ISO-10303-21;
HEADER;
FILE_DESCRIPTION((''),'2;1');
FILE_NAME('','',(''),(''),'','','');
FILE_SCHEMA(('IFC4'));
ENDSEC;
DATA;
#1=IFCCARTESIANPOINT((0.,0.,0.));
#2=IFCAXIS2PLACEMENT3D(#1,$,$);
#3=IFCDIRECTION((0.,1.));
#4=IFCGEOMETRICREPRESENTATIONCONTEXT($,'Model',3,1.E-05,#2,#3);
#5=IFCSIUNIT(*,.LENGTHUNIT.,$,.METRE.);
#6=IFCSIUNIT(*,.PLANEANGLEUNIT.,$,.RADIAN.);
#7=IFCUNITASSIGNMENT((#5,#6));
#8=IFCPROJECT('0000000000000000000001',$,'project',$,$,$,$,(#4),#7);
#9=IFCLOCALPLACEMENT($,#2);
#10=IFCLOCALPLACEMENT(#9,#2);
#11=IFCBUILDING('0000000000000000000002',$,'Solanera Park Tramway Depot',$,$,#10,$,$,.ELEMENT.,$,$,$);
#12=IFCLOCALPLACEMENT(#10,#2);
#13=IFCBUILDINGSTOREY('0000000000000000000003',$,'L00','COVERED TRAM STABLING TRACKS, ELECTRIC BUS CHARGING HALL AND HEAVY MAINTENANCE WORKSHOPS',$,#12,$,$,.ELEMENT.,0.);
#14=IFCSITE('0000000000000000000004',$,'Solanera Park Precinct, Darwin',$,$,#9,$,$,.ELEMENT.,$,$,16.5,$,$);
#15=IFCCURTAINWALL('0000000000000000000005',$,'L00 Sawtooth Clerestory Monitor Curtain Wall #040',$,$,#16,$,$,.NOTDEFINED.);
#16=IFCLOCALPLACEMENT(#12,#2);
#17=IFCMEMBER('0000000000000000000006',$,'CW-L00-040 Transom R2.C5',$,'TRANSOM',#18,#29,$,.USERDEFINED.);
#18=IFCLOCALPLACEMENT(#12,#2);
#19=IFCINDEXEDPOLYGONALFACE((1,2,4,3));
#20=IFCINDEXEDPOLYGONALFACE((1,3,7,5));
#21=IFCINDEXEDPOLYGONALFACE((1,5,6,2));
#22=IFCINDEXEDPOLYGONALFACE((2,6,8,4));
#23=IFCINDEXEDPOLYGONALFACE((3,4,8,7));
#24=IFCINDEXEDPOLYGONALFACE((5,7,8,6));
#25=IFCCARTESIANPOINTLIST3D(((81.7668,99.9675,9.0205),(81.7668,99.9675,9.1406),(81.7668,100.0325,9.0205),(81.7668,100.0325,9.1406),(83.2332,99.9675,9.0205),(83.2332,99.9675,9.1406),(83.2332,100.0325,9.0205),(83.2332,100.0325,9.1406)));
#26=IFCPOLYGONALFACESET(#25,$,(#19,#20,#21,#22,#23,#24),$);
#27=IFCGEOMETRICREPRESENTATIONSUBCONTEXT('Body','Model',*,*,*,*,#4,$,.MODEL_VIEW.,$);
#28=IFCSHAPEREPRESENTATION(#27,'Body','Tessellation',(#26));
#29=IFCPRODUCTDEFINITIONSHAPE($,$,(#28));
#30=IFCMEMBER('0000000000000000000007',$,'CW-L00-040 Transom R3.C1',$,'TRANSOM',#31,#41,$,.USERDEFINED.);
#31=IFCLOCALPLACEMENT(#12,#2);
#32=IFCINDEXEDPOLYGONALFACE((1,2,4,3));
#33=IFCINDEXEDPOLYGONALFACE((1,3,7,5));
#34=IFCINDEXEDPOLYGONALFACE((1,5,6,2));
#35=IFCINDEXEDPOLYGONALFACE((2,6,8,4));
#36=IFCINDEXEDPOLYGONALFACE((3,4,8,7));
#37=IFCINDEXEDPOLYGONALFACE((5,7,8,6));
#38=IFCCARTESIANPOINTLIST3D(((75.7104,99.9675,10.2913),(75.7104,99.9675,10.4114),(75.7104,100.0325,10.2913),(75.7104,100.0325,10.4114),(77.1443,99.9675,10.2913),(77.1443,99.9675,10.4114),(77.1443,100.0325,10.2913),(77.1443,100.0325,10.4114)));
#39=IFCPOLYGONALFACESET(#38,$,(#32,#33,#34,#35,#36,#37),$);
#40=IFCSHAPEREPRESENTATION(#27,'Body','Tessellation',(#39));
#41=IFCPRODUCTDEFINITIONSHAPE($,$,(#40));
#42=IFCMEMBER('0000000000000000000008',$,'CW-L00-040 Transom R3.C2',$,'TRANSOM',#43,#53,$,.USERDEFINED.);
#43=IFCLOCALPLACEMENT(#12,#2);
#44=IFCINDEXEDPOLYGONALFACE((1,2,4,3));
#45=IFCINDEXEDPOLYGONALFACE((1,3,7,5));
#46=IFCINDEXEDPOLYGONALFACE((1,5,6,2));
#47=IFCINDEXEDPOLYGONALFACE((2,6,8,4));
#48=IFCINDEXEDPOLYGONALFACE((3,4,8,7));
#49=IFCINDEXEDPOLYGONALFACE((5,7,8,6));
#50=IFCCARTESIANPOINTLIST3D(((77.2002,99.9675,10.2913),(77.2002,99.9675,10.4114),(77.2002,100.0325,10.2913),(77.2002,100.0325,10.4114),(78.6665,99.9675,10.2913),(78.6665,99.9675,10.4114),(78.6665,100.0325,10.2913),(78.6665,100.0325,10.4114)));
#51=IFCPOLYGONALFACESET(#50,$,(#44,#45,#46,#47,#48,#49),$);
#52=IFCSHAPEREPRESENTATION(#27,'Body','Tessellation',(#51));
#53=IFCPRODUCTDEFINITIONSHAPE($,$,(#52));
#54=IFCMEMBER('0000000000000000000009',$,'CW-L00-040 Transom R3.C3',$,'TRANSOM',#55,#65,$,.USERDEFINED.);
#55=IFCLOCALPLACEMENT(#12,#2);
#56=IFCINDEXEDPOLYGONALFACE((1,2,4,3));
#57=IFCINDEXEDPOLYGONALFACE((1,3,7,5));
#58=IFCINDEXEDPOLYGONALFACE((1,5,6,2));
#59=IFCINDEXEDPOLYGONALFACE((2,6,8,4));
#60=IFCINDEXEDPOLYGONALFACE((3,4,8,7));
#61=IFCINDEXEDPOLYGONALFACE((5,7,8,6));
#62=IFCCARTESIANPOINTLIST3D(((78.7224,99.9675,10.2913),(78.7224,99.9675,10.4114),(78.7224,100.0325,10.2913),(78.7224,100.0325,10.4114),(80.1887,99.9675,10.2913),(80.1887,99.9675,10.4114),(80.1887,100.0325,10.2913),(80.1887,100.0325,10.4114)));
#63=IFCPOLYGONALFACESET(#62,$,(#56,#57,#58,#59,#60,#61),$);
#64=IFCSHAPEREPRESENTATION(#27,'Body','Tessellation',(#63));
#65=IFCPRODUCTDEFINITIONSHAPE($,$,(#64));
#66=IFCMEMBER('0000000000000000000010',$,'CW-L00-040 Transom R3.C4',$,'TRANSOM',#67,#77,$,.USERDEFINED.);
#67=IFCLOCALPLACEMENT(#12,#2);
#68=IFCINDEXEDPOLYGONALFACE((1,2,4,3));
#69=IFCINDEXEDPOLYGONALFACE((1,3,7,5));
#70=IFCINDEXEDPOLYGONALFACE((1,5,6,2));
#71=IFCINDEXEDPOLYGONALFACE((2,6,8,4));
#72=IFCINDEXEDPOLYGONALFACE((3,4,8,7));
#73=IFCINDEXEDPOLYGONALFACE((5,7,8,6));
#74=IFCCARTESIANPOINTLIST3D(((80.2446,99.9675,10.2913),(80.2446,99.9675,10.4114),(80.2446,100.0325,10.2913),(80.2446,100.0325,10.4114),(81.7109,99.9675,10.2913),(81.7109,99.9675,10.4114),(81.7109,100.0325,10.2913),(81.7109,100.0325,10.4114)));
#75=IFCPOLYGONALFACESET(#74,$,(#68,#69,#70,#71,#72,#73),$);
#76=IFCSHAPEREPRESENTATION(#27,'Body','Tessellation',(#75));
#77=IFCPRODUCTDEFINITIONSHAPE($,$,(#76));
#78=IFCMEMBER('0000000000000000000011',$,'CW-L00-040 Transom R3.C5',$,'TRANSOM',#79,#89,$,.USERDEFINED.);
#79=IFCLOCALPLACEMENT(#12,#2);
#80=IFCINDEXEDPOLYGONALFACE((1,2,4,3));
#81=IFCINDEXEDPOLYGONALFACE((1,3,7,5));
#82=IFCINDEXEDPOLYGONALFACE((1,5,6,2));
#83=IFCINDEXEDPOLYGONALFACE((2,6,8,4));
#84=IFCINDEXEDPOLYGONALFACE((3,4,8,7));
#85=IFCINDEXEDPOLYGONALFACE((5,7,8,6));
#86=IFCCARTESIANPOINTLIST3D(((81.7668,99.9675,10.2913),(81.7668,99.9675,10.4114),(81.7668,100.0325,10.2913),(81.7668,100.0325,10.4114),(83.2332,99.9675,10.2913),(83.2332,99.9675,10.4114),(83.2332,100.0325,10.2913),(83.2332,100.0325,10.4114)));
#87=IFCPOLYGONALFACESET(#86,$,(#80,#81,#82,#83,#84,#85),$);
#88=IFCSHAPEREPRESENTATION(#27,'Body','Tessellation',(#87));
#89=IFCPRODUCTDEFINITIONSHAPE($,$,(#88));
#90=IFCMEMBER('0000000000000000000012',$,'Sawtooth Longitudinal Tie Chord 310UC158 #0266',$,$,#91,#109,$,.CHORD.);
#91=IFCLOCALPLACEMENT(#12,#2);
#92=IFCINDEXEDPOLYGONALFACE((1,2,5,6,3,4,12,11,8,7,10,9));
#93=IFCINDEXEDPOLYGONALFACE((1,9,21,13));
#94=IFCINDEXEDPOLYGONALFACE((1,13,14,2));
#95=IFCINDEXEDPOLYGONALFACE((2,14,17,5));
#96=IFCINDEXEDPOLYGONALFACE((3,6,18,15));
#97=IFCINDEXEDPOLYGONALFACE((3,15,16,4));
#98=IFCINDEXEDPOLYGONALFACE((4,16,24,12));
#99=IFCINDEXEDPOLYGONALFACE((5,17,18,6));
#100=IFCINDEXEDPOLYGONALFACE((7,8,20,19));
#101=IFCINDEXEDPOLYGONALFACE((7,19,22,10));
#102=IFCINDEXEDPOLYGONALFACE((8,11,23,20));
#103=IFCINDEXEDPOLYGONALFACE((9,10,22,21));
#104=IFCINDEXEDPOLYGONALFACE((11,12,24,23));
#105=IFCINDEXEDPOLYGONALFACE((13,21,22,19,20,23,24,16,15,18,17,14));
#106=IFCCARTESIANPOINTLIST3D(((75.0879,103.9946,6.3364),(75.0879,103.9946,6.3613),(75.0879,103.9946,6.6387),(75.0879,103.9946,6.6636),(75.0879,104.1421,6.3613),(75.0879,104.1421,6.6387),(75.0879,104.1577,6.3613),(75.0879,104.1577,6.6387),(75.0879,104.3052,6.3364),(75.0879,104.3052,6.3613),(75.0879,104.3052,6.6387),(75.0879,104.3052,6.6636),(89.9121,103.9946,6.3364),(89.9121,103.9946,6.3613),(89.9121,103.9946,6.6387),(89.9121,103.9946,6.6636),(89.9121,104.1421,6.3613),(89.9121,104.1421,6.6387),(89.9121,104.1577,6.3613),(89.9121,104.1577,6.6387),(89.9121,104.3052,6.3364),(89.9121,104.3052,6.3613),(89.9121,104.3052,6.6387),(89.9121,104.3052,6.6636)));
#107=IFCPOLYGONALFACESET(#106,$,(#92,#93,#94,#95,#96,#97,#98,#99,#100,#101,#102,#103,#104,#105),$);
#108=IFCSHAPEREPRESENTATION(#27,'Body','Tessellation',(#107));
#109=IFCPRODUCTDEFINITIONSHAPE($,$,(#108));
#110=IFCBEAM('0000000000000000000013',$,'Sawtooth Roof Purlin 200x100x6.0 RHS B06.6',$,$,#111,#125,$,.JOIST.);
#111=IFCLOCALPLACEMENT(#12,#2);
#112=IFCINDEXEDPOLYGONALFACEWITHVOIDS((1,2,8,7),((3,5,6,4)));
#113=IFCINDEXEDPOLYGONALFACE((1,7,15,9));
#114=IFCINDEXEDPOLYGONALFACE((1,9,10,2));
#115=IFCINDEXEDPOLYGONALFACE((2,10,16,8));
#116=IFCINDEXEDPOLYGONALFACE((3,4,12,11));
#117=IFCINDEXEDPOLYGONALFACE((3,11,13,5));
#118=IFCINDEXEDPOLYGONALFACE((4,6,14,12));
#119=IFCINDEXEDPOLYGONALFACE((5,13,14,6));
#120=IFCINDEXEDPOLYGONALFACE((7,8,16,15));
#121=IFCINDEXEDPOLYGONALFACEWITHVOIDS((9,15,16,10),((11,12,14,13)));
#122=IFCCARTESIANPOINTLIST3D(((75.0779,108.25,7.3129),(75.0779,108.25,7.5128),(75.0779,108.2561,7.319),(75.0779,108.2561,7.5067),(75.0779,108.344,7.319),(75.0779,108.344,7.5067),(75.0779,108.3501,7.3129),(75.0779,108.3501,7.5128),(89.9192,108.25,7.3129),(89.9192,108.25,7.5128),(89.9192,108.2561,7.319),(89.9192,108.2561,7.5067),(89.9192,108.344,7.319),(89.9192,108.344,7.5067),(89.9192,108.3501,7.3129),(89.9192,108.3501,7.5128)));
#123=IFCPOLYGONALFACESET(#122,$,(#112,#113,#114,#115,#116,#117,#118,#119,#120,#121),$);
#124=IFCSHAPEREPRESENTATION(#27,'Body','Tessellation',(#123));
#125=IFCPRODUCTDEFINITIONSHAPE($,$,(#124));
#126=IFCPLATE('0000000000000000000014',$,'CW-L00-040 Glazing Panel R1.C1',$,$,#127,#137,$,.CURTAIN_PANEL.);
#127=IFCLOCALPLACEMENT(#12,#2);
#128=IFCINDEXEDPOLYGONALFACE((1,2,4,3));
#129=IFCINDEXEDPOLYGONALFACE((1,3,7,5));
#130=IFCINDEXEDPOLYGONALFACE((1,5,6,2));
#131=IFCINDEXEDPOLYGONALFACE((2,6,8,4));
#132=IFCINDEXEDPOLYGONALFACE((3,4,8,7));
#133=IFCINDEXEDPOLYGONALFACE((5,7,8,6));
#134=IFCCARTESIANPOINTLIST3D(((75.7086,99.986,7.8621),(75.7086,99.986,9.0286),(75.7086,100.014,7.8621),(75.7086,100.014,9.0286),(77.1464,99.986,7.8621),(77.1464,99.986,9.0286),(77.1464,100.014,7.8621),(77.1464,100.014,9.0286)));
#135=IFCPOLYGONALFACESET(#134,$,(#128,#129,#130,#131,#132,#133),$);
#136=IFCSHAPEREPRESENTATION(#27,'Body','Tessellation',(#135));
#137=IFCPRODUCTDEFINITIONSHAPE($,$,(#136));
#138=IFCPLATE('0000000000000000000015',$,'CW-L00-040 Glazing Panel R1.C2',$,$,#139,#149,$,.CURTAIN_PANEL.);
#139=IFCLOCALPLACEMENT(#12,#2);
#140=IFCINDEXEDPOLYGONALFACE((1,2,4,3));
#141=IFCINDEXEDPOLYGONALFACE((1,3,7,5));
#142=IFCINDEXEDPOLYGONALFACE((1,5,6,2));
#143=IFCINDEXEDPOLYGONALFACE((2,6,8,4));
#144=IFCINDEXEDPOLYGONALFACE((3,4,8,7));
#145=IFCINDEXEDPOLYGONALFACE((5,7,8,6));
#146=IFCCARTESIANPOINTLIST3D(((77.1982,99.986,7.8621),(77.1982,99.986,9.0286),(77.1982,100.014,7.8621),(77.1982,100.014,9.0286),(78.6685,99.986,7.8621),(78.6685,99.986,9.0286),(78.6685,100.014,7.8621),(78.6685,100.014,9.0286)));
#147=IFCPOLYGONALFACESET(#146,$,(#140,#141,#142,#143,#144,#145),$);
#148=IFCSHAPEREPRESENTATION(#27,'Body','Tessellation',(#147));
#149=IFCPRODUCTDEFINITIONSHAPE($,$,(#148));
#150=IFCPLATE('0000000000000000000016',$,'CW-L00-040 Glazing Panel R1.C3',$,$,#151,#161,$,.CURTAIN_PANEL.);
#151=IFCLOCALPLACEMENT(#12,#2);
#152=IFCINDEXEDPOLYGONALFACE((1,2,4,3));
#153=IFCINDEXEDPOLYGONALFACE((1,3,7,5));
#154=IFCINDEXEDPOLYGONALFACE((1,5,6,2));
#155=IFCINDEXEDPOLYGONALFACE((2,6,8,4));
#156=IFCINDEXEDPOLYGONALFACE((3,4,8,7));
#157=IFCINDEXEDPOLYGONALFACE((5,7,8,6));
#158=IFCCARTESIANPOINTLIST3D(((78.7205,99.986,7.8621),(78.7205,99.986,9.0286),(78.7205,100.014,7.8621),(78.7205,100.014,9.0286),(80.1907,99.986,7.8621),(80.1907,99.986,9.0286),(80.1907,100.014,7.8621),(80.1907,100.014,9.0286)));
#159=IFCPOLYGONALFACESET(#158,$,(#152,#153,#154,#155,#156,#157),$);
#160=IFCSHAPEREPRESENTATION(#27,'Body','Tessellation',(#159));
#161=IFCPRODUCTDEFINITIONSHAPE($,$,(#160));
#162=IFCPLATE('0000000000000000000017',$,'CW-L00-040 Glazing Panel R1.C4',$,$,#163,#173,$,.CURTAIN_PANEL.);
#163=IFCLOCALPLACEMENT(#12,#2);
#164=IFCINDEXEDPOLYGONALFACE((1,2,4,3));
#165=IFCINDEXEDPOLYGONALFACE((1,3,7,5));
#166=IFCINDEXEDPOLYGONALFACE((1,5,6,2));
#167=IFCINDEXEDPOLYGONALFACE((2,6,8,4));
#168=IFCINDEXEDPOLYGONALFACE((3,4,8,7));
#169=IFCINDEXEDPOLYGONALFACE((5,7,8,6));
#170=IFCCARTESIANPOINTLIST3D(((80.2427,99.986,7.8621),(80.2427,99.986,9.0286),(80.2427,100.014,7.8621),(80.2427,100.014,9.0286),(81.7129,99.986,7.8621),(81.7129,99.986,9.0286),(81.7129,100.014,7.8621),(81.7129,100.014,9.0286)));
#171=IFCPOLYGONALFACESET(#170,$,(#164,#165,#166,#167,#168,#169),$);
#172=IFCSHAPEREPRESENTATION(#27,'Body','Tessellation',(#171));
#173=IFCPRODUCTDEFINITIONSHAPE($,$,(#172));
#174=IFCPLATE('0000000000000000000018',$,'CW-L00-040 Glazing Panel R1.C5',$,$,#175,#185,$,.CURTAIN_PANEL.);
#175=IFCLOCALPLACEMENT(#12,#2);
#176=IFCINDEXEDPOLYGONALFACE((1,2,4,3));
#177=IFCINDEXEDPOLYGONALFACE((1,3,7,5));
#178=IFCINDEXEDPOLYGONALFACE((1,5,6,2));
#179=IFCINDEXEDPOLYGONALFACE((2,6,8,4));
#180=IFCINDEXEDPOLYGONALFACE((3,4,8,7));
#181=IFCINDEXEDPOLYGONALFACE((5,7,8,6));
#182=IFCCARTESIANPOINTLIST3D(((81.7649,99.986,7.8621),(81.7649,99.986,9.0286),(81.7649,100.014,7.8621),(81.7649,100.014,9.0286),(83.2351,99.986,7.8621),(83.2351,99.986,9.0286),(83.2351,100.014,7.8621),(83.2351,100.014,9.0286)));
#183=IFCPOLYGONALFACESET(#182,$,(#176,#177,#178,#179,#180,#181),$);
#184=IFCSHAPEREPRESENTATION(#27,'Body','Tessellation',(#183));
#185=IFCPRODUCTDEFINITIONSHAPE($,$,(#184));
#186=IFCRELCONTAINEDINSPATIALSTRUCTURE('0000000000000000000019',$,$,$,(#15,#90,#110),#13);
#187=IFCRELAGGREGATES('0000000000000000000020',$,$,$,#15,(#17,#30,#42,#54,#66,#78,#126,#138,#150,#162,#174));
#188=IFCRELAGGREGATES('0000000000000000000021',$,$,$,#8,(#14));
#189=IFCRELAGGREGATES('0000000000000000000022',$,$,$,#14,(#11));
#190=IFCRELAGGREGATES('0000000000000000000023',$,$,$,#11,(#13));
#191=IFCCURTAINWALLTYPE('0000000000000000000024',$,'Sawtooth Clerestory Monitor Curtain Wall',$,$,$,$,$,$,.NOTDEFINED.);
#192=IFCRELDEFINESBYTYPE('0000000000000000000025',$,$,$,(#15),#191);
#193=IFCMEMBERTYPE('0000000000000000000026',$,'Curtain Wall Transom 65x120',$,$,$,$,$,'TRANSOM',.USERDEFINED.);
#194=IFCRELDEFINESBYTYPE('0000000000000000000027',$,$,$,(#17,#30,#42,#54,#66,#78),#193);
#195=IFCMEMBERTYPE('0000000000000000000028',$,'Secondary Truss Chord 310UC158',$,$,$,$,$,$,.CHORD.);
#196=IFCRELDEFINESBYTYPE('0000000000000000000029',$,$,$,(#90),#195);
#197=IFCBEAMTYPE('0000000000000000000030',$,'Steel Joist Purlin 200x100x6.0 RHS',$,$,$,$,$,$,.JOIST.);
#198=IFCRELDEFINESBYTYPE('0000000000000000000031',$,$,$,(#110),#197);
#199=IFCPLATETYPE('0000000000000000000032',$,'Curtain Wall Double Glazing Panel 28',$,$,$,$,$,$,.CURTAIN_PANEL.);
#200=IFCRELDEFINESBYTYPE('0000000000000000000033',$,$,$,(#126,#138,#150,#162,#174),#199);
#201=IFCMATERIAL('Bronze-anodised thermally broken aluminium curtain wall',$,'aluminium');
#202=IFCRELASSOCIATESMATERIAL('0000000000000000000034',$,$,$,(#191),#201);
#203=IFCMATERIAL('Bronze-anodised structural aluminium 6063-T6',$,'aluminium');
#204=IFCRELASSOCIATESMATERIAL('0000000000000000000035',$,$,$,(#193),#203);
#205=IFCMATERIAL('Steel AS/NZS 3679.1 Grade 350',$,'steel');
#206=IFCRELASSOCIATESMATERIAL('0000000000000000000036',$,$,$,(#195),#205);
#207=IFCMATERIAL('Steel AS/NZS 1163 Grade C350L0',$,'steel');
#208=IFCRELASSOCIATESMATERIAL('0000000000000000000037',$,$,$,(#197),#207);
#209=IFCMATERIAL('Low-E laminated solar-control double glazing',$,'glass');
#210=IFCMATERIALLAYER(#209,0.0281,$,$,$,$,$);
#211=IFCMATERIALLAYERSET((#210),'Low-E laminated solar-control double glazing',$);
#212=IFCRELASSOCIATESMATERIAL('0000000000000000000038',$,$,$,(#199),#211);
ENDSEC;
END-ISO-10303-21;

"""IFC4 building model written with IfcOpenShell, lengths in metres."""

from ifc_helpers import new_model, si_unit, direction, frame, origin, origin_2d, place, context, subcontext, project, spatial, rectangle, hollow_rectangle, i_section, extrude, material, layer, layer_set, material_profile, profile_set, type_object, element, aggregate, save


model = new_model("IFC4")

# Units and contexts
model_context = context("Model", 3, precision=1e-05, world=origin(), true_north=direction((0.0, 1.0)))
body_context = subcontext(model_context, "Body", "Model", "MODEL_VIEW")
ifc_project = project(units=[si_unit("LENGTHUNIT", "METRE"), si_unit("PLANEANGLEUNIT", "RADIAN")], contexts=[model_context])

# Site, building, storey
site_placement = place(None, origin())
site = spatial("IfcSite", under=ifc_project, at=site_placement, Name="Solanera Park Precinct, Darwin", CompositionType="ELEMENT", RefElevation=16.5)
building_placement = place(site_placement, origin())
building = spatial("IfcBuilding", under=site, at=building_placement, Name="Solanera Park Tramway Depot", CompositionType="ELEMENT")
storey_placement = place(building_placement, origin())
storey = spatial("IfcBuildingStorey", under=building, at=storey_placement, Name="L00", Description="COVERED TRAM STABLING TRACKS, ELECTRIC BUS CHARGING HALL AND HEAVY MAINTENANCE WORKSHOPS", CompositionType="ELEMENT", Elevation=0.0)

# Curtain wall, members
ifc_material_1 = material(Name="Bronze-anodised thermally broken aluminium curtain wall", Category="aluminium")
curtain_wall_type = type_object("IfcCurtainWallType", Name="Sawtooth Clerestory Monitor Curtain Wall", PredefinedType="NOTDEFINED", material=ifc_material_1)
curtain_wall_placement = place(storey_placement, origin())
curtain_wall = element("IfcCurtainWall", 1, at=curtain_wall_placement, inside=storey, type_object=curtain_wall_type, Name="L00 Sawtooth Clerestory Monitor Curtain Wall #040", PredefinedType="NOTDEFINED")
ifc_material_2 = material(Name="Bronze-anodised structural aluminium 6063-T6", Category="aluminium")
ifc_material_profile_1 = material_profile(ifc_material_2, rectangle(XDim=0.0649, YDim=0.1201, at=origin_2d()), Name="Curtain Wall Transom 65x120")
ifc_profile_set_1 = profile_set([ifc_material_profile_1], Name="Bronze-anodised structural aluminium 6063-T6")
member_type_1 = type_object("IfcMemberType", Name="Curtain Wall Transom 65x120", ElementType="TRANSOM", PredefinedType="USERDEFINED", material=ifc_profile_set_1)
member_1_placement = place(storey_placement, frame((81.7668, 100.0, 9.0806), z_axis=(1.0, 0.0, 0.0), x_axis=(0.0, 1.0, 0.0)))
member_1 = element("IfcMember", 2, at=member_1_placement, type_object=member_type_1, Name="CW-L00-040 Transom R2.C5", ObjectType="TRANSOM", PredefinedType="USERDEFINED", context=body_context, shape_type="SweptSolid", body=[
    extrude(rectangle(XDim=0.0649, YDim=0.1201, at=origin_2d()), origin(), (0.0, 0.0, 1.0), 1.4663),
])
member_2_placement = place(storey_placement, frame((75.7104, 100.0, 10.3513), z_axis=(1.0, 0.0, 0.0), x_axis=(0.0, 1.0, 0.0)))
member_2 = element("IfcMember", 3, at=member_2_placement, type_object=member_type_1, Name="CW-L00-040 Transom R3.C1", ObjectType="TRANSOM", PredefinedType="USERDEFINED", context=body_context, shape_type="SweptSolid", body=[
    extrude(rectangle(XDim=0.0649, YDim=0.1201, at=origin_2d()), origin(), (0.0, 0.0, 1.0), 1.4338),
])
member_3_placement = place(storey_placement, frame((77.2002, 100.0, 10.3513), z_axis=(1.0, 0.0, 0.0), x_axis=(0.0, 1.0, 0.0)))
member_3 = element("IfcMember", 4, at=member_3_placement, type_object=member_type_1, Name="CW-L00-040 Transom R3.C2", ObjectType="TRANSOM", PredefinedType="USERDEFINED", context=body_context, shape_type="SweptSolid", body=[
    extrude(rectangle(XDim=0.0649, YDim=0.1201, at=origin_2d()), origin(), (0.0, 0.0, 1.0), 1.4663),
])
member_4_placement = place(storey_placement, frame((78.7224, 100.0, 10.3513), z_axis=(1.0, 0.0, 0.0), x_axis=(0.0, 1.0, 0.0)))
member_4 = element("IfcMember", 5, at=member_4_placement, type_object=member_type_1, Name="CW-L00-040 Transom R3.C3", ObjectType="TRANSOM", PredefinedType="USERDEFINED", context=body_context, shape_type="SweptSolid", body=[
    extrude(rectangle(XDim=0.0649, YDim=0.1201, at=origin_2d()), origin(), (0.0, 0.0, 1.0), 1.4663),
])
member_5_placement = place(storey_placement, frame((80.2446, 100.0, 10.3513), z_axis=(1.0, 0.0, 0.0), x_axis=(0.0, 1.0, 0.0)))
member_5 = element("IfcMember", 6, at=member_5_placement, type_object=member_type_1, Name="CW-L00-040 Transom R3.C4", ObjectType="TRANSOM", PredefinedType="USERDEFINED", context=body_context, shape_type="SweptSolid", body=[
    extrude(rectangle(XDim=0.0649, YDim=0.1201, at=origin_2d()), origin(), (0.0, 0.0, 1.0), 1.4663),
])
member_6_placement = place(storey_placement, frame((81.7668, 100.0, 10.3513), z_axis=(1.0, 0.0, 0.0), x_axis=(0.0, 1.0, 0.0)))
member_6 = element("IfcMember", 7, at=member_6_placement, type_object=member_type_1, Name="CW-L00-040 Transom R3.C5", ObjectType="TRANSOM", PredefinedType="USERDEFINED", context=body_context, shape_type="SweptSolid", body=[
    extrude(rectangle(XDim=0.0649, YDim=0.1201, at=origin_2d()), origin(), (0.0, 0.0, 1.0), 1.4663),
])

# Member
ifc_material_3 = material(Name="Steel AS/NZS 3679.1 Grade 350", Category="steel")
ifc_material_profile_2 = material_profile(ifc_material_3, i_section(OverallWidth=0.3105, OverallDepth=0.3271, WebThickness=0.0156, FlangeThickness=0.0249, at=origin_2d()), Name="310UC158")
ifc_profile_set_2 = profile_set([ifc_material_profile_2], Name="Steel AS/NZS 3679.1 Grade 350")
member_type_2 = type_object("IfcMemberType", Name="Secondary Truss Chord 310UC158", PredefinedType="CHORD", material=ifc_profile_set_2)
member_7_placement = place(storey_placement, frame((75.0879, 104.1499, 6.5), z_axis=(1.0, 0.0, 0.0), x_axis=(0.0, 1.0, 0.0)))
element("IfcMember", 8, at=member_7_placement, inside=storey, type_object=member_type_2, Name="Sawtooth Longitudinal Tie Chord 310UC158 #0266", PredefinedType="CHORD", context=body_context, shape_type="SweptSolid", body=[
    extrude(i_section(OverallWidth=0.3105, OverallDepth=0.3271, WebThickness=0.0156, FlangeThickness=0.0249, at=origin_2d()), origin(), (0.0, 0.0, 1.0), 14.8242),
])

# Beam
ifc_material_4 = material(Name="Steel AS/NZS 1163 Grade C350L0", Category="steel")
ifc_material_profile_3 = material_profile(ifc_material_4, hollow_rectangle(XDim=0.1001, YDim=0.2, WallThickness=0.0061, at=origin_2d()), Name="200x100x6.0 RHS")
ifc_profile_set_3 = profile_set([ifc_material_profile_3], Name="Steel AS/NZS 1163 Grade C350L0")
beam_type = type_object("IfcBeamType", Name="Steel Joist Purlin 200x100x6.0 RHS", PredefinedType="JOIST", material=ifc_profile_set_3)
beam_placement = place(storey_placement, frame((75.0779, 108.3, 7.4128), z_axis=(1.0, 0.0, 0.0), x_axis=(0.0, 1.0, 0.0)))
element("IfcBeam", 9, at=beam_placement, inside=storey, type_object=beam_type, Name="Sawtooth Roof Purlin 200x100x6.0 RHS B06.6", PredefinedType="JOIST", context=body_context, shape_type="SweptSolid", body=[
    extrude(hollow_rectangle(XDim=0.1001, YDim=0.2, WallThickness=0.0061, at=origin_2d()), origin(), (0.0, 0.0, 1.0), 14.8413),
])

# Plates
ifc_material_5 = material(Name="Low-E laminated solar-control double glazing", Category="glass")
ifc_layer = layer(ifc_material_5, 0.0281)
ifc_layer_set = layer_set([ifc_layer], Name="Low-E laminated solar-control double glazing")
plate_type = type_object("IfcPlateType", Name="Curtain Wall Double Glazing Panel 28", PredefinedType="CURTAIN_PANEL", material=ifc_layer_set)
plate_1_placement = place(storey_placement, frame((76.4275, 100.0, 7.8621), z_axis=(0.0, 0.0, 1.0), x_axis=(1.0, 0.0, 0.0)))
plate_1 = element("IfcPlate", 10, at=plate_1_placement, type_object=plate_type, Name="CW-L00-040 Glazing Panel R1.C1", PredefinedType="CURTAIN_PANEL", context=body_context, shape_type="SweptSolid", body=[
    extrude(rectangle(XDim=1.4377, YDim=0.0281, at=origin_2d()), origin(), (0.0, 0.0, 1.0), 1.1665),
])
plate_2_placement = place(storey_placement, frame((77.9333, 100.0, 7.8621), z_axis=(0.0, 0.0, 1.0), x_axis=(1.0, 0.0, 0.0)))
plate_2 = element("IfcPlate", 11, at=plate_2_placement, type_object=plate_type, Name="CW-L00-040 Glazing Panel R1.C2", PredefinedType="CURTAIN_PANEL", context=body_context, shape_type="SweptSolid", body=[
    extrude(rectangle(XDim=1.4702, YDim=0.0281, at=origin_2d()), origin(), (0.0, 0.0, 1.0), 1.1665),
])
plate_3_placement = place(storey_placement, frame((79.4556, 100.0, 7.8621), z_axis=(0.0, 0.0, 1.0), x_axis=(1.0, 0.0, 0.0)))
plate_3 = element("IfcPlate", 12, at=plate_3_placement, type_object=plate_type, Name="CW-L00-040 Glazing Panel R1.C3", PredefinedType="CURTAIN_PANEL", context=body_context, shape_type="SweptSolid", body=[
    extrude(rectangle(XDim=1.4702, YDim=0.0281, at=origin_2d()), origin(), (0.0, 0.0, 1.0), 1.1665),
])
plate_4_placement = place(storey_placement, frame((80.9778, 100.0, 7.8621), z_axis=(0.0, 0.0, 1.0), x_axis=(1.0, 0.0, 0.0)))
plate_4 = element("IfcPlate", 13, at=plate_4_placement, type_object=plate_type, Name="CW-L00-040 Glazing Panel R1.C4", PredefinedType="CURTAIN_PANEL", context=body_context, shape_type="SweptSolid", body=[
    extrude(rectangle(XDim=1.4702, YDim=0.0281, at=origin_2d()), origin(), (0.0, 0.0, 1.0), 1.1665),
])
plate_5_placement = place(storey_placement, frame((82.5, 100.0, 7.8621), z_axis=(0.0, 0.0, 1.0), x_axis=(1.0, 0.0, 0.0)))
plate_5 = element("IfcPlate", 14, at=plate_5_placement, type_object=plate_type, Name="CW-L00-040 Glazing Panel R1.C5", PredefinedType="CURTAIN_PANEL", context=body_context, shape_type="SweptSolid", body=[
    extrude(rectangle(XDim=1.4702, YDim=0.0281, at=origin_2d()), origin(), (0.0, 0.0, 1.0), 1.1665),
])
aggregate(curtain_wall, [member_1, member_2, member_3, member_4, member_5, member_6, plate_1, plate_2, plate_3, plate_4, plate_5])

save(model, "model.ifc")
